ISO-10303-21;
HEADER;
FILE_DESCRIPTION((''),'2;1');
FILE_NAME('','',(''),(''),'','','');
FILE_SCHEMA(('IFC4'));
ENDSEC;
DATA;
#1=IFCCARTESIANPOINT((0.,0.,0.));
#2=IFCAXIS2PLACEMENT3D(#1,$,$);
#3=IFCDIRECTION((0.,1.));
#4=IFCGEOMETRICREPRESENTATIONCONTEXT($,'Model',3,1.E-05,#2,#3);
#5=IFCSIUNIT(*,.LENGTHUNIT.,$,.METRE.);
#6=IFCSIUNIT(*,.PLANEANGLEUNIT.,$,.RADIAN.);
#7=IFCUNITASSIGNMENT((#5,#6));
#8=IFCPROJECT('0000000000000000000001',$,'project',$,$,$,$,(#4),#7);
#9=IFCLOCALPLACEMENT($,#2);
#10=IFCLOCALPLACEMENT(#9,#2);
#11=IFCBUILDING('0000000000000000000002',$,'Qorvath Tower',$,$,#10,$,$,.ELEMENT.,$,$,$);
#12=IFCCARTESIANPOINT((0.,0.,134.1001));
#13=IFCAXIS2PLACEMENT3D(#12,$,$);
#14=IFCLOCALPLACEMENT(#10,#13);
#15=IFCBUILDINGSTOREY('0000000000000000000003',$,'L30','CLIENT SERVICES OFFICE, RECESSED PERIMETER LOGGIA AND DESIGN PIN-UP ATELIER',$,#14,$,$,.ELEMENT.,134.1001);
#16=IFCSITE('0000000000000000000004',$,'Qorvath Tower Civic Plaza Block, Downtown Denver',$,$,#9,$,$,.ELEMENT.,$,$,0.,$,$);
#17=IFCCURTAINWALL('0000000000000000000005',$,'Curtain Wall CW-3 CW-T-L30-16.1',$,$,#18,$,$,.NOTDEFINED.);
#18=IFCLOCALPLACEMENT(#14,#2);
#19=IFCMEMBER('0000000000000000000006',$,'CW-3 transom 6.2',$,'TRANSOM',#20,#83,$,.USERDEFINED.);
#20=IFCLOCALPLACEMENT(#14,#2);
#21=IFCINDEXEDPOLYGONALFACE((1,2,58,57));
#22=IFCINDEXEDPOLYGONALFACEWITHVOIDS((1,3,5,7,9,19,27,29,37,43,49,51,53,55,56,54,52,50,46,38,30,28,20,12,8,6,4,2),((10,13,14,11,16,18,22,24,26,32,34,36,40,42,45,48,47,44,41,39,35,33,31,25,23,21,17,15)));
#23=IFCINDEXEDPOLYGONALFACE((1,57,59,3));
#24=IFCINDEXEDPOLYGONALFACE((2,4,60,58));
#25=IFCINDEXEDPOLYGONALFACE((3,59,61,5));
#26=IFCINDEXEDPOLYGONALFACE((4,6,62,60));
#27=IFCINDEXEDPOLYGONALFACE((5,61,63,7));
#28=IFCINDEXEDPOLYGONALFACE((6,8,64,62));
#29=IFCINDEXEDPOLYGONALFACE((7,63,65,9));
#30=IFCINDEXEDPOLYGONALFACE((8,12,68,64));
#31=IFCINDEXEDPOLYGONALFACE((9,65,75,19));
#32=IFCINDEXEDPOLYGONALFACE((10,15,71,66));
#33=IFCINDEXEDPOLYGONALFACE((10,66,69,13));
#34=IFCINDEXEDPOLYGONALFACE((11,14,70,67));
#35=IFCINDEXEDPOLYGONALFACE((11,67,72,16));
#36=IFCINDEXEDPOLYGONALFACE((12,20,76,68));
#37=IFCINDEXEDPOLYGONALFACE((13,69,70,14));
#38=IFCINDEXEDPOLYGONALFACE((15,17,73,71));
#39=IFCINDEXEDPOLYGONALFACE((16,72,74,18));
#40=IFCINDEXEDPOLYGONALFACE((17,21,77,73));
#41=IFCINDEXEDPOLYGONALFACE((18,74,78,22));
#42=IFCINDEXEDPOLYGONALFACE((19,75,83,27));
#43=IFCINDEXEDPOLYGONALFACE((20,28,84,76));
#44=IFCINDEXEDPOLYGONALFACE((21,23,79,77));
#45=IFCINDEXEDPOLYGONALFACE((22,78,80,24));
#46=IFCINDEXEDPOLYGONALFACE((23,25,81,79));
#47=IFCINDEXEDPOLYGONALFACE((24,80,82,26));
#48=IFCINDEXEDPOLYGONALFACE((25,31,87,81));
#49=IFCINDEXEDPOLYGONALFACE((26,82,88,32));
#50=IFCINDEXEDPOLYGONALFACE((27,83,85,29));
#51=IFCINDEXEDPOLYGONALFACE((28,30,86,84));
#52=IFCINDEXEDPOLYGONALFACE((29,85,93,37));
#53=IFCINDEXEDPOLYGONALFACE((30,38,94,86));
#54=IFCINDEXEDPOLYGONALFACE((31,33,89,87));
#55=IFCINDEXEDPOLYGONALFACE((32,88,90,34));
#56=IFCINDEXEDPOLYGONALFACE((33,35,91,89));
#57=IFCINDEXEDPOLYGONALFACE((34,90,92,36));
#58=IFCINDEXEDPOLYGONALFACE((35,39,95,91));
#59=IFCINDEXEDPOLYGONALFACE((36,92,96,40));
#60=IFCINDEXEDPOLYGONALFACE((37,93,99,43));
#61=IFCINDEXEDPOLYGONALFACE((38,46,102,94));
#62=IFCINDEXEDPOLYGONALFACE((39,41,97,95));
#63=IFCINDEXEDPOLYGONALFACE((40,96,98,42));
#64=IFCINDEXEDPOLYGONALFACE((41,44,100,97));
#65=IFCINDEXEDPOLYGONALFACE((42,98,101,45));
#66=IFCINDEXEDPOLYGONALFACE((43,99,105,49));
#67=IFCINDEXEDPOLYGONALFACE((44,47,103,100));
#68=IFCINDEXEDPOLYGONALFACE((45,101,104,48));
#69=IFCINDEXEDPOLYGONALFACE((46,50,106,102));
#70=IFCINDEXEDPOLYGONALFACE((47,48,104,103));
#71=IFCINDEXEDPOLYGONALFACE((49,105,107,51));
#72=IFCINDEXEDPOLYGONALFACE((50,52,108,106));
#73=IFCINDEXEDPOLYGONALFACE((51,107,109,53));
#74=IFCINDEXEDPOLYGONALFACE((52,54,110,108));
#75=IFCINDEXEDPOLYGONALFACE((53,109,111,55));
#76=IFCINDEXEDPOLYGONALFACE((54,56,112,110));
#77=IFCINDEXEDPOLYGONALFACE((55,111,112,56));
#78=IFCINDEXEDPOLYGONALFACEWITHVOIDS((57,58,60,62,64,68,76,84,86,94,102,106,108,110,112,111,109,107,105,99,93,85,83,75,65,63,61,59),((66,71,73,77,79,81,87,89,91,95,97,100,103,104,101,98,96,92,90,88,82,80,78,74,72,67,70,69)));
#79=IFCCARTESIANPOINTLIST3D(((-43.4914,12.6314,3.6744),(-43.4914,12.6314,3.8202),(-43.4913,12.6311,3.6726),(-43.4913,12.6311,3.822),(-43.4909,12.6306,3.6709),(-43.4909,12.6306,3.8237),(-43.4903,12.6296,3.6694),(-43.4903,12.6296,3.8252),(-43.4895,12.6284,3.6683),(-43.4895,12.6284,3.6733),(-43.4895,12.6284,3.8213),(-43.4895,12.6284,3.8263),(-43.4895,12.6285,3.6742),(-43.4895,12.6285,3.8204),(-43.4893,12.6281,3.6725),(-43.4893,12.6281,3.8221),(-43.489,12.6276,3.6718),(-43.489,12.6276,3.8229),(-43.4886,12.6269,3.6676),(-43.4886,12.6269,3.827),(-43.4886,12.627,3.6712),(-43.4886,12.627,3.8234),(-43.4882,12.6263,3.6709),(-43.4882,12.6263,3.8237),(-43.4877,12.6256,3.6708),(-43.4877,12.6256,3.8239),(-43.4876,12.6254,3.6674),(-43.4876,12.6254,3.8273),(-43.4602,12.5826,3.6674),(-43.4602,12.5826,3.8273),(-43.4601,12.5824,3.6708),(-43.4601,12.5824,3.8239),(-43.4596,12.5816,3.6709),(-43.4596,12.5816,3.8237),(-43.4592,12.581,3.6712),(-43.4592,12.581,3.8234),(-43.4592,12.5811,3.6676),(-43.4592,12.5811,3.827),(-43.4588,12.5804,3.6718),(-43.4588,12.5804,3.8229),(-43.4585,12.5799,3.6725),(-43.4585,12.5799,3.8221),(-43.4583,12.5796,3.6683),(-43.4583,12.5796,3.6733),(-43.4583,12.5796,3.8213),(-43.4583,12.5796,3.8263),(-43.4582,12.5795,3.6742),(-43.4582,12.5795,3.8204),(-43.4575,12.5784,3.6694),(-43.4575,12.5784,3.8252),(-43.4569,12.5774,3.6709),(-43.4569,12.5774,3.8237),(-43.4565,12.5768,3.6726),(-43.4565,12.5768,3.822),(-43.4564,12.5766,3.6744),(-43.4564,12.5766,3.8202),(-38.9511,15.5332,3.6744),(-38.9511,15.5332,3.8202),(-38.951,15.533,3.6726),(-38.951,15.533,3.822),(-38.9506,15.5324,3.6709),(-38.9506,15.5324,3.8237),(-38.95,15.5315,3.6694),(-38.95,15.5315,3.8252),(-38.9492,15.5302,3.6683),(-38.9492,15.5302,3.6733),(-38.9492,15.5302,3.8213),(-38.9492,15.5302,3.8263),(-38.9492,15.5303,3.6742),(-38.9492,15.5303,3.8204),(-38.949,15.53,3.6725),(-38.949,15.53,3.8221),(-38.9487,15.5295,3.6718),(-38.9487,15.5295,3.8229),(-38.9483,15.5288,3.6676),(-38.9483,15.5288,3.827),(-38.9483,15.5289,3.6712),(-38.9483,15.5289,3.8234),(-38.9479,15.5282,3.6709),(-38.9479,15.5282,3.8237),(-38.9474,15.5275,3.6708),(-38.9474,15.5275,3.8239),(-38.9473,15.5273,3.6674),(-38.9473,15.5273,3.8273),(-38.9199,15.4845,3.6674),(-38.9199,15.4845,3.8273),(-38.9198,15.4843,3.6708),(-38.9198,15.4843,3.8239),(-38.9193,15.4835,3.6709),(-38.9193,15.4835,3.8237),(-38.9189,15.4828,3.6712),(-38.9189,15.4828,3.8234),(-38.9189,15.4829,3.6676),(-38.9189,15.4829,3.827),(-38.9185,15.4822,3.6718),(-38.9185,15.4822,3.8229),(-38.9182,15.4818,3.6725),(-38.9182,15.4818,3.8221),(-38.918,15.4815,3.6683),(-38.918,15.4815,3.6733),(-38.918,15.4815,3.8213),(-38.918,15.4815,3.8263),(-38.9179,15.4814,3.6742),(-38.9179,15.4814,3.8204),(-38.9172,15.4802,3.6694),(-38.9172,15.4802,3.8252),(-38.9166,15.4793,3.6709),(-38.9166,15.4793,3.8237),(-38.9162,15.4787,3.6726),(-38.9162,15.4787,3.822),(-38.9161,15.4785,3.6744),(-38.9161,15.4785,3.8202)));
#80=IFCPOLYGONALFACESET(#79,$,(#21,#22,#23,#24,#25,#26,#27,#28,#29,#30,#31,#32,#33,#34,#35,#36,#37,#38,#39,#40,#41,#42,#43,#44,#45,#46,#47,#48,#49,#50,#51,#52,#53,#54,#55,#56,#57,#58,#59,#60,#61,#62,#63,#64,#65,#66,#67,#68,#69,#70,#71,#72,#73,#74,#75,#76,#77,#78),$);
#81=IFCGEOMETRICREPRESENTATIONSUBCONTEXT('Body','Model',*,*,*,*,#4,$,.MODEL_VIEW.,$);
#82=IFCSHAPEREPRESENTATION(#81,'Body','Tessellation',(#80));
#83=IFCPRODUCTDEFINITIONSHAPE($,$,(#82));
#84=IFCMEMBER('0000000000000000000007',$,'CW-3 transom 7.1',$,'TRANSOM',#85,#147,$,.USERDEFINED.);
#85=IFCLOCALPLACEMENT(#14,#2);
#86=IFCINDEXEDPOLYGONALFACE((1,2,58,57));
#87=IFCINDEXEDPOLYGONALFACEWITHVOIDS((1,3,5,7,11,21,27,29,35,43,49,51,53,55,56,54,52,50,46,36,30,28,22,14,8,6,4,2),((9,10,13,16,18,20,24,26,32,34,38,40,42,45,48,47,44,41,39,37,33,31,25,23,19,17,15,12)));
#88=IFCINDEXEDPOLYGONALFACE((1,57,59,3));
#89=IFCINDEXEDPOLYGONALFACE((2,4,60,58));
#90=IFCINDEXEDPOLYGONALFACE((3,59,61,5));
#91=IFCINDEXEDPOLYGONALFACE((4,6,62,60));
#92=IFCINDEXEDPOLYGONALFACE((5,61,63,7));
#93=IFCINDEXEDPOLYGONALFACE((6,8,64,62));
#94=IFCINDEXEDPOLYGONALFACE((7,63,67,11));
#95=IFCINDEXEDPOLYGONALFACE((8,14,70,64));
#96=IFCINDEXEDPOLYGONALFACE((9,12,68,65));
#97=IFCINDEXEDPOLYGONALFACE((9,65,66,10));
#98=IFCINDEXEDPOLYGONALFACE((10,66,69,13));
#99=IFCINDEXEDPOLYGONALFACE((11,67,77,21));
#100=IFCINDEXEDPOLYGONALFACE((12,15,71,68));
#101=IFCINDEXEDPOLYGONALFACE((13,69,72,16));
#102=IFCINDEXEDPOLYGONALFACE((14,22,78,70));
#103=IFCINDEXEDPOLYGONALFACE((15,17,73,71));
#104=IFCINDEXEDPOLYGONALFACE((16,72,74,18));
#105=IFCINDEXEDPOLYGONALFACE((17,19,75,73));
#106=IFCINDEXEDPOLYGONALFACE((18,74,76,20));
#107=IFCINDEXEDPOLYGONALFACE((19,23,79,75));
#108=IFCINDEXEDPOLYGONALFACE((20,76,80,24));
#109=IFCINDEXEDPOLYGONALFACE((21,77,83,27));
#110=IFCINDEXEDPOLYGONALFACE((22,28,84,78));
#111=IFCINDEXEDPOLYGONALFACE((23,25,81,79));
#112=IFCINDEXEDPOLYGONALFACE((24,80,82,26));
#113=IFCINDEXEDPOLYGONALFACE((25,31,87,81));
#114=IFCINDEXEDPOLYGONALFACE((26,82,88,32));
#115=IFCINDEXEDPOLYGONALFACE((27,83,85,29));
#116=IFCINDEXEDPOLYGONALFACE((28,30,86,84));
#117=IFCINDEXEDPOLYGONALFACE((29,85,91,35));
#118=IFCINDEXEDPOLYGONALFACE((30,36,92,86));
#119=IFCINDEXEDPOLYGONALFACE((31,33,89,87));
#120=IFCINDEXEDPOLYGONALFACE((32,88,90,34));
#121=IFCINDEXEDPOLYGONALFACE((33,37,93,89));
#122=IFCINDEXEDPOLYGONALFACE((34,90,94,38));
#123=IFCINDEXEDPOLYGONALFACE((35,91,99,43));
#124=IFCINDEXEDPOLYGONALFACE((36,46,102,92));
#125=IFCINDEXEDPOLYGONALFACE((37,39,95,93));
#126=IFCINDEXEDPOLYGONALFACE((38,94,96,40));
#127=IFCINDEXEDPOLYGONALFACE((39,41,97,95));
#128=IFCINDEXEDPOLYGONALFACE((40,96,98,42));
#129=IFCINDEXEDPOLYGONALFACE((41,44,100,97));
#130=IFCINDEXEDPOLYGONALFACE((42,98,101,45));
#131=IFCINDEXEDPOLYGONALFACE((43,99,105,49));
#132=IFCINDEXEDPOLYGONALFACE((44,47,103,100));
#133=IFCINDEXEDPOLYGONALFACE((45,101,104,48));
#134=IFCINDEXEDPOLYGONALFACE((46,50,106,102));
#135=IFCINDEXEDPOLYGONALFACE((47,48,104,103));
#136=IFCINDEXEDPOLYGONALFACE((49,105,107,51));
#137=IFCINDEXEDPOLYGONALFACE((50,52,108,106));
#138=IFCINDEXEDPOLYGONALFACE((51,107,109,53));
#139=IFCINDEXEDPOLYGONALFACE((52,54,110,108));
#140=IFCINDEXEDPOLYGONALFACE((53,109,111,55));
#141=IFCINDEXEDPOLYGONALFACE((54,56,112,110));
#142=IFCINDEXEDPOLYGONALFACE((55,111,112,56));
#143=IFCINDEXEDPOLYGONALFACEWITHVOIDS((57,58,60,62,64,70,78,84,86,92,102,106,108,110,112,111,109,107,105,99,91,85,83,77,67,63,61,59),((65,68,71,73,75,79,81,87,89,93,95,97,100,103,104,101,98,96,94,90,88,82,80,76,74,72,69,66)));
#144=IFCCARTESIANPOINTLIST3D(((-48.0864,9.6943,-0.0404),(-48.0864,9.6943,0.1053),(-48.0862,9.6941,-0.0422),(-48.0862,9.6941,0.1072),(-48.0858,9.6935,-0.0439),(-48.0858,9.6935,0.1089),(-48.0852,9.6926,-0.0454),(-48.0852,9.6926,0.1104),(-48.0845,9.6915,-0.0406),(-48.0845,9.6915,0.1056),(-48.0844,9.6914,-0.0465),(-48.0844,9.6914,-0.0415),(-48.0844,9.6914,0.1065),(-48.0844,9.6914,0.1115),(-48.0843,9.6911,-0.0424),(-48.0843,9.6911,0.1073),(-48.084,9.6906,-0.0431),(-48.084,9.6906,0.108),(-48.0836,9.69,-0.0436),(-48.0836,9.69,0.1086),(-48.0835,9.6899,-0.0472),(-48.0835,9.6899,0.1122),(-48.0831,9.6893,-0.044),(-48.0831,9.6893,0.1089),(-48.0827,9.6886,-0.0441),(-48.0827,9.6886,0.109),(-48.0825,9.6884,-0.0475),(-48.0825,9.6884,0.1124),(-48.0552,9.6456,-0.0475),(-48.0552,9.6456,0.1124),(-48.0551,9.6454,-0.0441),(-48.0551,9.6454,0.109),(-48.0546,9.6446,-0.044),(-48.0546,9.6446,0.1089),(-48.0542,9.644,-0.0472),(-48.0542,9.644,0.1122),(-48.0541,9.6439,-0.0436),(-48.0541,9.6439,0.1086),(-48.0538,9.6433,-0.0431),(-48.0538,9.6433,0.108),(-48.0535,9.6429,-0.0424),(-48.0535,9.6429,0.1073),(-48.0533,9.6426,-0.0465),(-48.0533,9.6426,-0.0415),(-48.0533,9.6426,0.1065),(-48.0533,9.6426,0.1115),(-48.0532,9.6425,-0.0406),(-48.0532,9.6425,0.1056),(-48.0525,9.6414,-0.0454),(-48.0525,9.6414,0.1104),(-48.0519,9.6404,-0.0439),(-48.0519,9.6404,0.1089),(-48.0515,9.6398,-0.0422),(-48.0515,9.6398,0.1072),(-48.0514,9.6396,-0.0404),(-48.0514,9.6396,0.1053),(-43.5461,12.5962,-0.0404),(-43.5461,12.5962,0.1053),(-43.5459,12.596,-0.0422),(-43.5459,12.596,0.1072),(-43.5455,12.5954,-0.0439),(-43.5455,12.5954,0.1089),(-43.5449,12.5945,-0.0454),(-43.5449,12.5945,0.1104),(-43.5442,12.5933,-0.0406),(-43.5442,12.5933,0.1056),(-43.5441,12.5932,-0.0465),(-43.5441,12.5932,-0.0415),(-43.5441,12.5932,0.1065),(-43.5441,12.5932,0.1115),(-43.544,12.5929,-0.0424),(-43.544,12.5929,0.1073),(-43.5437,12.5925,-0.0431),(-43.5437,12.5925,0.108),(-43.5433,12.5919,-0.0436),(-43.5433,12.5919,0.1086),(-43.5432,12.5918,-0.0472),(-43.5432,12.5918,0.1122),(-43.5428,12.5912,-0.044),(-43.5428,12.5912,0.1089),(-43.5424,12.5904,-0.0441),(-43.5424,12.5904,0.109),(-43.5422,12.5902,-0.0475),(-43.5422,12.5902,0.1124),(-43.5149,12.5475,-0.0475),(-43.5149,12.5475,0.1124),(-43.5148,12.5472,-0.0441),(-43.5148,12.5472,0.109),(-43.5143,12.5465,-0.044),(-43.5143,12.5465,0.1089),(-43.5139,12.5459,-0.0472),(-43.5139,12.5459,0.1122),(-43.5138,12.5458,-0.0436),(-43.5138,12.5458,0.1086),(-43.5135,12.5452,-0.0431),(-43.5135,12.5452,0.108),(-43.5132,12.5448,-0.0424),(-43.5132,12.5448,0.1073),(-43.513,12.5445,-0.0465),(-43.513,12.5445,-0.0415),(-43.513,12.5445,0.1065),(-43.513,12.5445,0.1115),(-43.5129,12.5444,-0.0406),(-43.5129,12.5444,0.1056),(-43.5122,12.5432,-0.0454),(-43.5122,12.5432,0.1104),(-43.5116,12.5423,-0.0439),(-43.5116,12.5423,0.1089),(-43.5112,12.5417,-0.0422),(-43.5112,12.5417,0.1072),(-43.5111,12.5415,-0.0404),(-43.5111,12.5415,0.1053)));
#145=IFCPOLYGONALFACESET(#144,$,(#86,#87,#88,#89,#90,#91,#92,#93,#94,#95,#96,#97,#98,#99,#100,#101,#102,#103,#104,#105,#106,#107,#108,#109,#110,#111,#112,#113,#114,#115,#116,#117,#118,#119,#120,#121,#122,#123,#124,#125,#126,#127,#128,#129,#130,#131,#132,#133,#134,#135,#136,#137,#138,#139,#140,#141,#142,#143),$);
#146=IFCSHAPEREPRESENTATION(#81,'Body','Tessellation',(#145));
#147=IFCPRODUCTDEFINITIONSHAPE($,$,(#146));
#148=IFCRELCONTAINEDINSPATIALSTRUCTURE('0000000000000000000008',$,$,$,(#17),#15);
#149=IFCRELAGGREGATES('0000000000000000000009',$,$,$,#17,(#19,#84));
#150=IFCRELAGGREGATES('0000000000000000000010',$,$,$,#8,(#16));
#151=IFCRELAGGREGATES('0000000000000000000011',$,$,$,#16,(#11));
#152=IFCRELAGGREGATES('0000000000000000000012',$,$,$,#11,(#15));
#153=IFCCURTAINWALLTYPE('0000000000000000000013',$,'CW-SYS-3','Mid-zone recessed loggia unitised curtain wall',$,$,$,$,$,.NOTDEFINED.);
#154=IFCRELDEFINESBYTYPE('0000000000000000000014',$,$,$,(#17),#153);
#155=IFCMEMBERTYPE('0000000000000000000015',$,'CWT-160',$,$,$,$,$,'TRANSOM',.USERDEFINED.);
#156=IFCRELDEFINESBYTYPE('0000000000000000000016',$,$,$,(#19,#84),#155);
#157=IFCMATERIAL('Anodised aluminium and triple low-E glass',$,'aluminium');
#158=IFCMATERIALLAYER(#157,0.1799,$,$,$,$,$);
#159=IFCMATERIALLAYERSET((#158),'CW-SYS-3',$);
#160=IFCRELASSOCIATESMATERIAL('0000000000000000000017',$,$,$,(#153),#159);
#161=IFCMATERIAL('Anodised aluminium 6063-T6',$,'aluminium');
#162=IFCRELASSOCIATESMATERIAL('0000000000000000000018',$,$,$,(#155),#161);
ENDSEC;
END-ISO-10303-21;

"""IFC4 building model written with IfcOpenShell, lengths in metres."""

from ifc_helpers import new_model, si_unit, direction, frame, origin, origin_2d, place, context, subcontext, project, spatial, hollow_rectangle, extrude, material, layer, layer_set, material_profile, profile_set, type_object, element, aggregate, save


model = new_model("IFC4")

# Units and contexts
model_context = context("Model", 3, precision=1e-05, world=origin(), true_north=direction((0.0, 1.0)))
body_context = subcontext(model_context, "Body", "Model", "MODEL_VIEW")
ifc_project = project(units=[si_unit("LENGTHUNIT", "METRE"), si_unit("PLANEANGLEUNIT", "RADIAN")], contexts=[model_context])

# Site, building, storey
site_placement = place(None, origin())
site = spatial("IfcSite", under=ifc_project, at=site_placement, Name="Qorvath Tower Civic Plaza Block, Downtown Denver", CompositionType="ELEMENT", RefElevation=0.0)
building_placement = place(site_placement, origin())
building = spatial("IfcBuilding", under=site, at=building_placement, Name="Qorvath Tower", CompositionType="ELEMENT")
storey_placement = place(building_placement, frame((0.0, 0.0, 134.1001)))
storey = spatial("IfcBuildingStorey", under=building, at=storey_placement, Name="L30", Description="CLIENT SERVICES OFFICE, RECESSED PERIMETER LOGGIA AND DESIGN PIN-UP ATELIER", CompositionType="ELEMENT", Elevation=134.1001)

# Curtain wall, members
ifc_material_1 = material(Name="Anodised aluminium and triple low-E glass", Category="aluminium")
ifc_layer_1 = layer(ifc_material_1, 0.1799)
ifc_layer_set_1 = layer_set([ifc_layer_1], Name="CW-SYS-3")
curtain_wall_type = type_object("IfcCurtainWallType", Name="CW-SYS-3", Description="Mid-zone recessed loggia unitised curtain wall", PredefinedType="NOTDEFINED", material=ifc_layer_set_1)
curtain_wall_placement = place(storey_placement, origin())
curtain_wall = element("IfcCurtainWall", 1, at=curtain_wall_placement, inside=storey, type_object=curtain_wall_type, Name="Curtain Wall CW-3 CW-T-L30-16.1", PredefinedType="NOTDEFINED")
ifc_material_2 = material(Name="Anodised aluminium 6063-T6", Category="aluminium")
ifc_material_profile_1 = material_profile(ifc_material_2, hollow_rectangle(XDim=0.0649, YDim=0.1599, WallThickness=0.0034, InnerFilletRadius=0.0034, OuterFilletRadius=0.0071, at=origin_2d()), Name="CWT 160x65")
ifc_profile_set_1 = profile_set([ifc_material_profile_1], Name="Anodised aluminium 6063-T6")
member_type_1 = type_object("IfcMemberType", Name="CWT-160", ElementType="TRANSOM", PredefinedType="USERDEFINED", material=ifc_profile_set_1)
member_1_placement = place(storey_placement, frame((-38.9336, 15.5059, 3.7473), z_axis=(-0.842602, -0.538537, 0.0), x_axis=(0.538537, -0.842602, 0.0)))
member_1 = element("IfcMember", 2, at=member_1_placement, type_object=member_type_1, Name="CW-3 transom 6.2", ObjectType="TRANSOM", PredefinedType="USERDEFINED", context=body_context, shape_type="SweptSolid", body=[
    extrude(hollow_rectangle(XDim=0.0649, YDim=0.1599, WallThickness=0.0034, InnerFilletRadius=0.0034, OuterFilletRadius=0.0071, at=origin_2d()), origin(), (0.0, 0.0, 1.0), 5.3884),
])
member_2_placement = place(storey_placement, frame((-43.5286, 12.5688, 0.0325), z_axis=(-0.842602, -0.538537, 0.0), x_axis=(0.538537, -0.842602, 0.0)))
member_2 = element("IfcMember", 3, at=member_2_placement, type_object=member_type_1, Name="CW-3 transom 7.1", ObjectType="TRANSOM", PredefinedType="USERDEFINED", context=body_context, shape_type="SweptSolid", body=[
    extrude(hollow_rectangle(XDim=0.0649, YDim=0.1599, WallThickness=0.0034, InnerFilletRadius=0.0034, OuterFilletRadius=0.0071, at=origin_2d()), origin(), (0.0, 0.0, 1.0), 5.3884),
])
aggregate(curtain_wall, [member_1, member_2])

save(model, "model.ifc")
